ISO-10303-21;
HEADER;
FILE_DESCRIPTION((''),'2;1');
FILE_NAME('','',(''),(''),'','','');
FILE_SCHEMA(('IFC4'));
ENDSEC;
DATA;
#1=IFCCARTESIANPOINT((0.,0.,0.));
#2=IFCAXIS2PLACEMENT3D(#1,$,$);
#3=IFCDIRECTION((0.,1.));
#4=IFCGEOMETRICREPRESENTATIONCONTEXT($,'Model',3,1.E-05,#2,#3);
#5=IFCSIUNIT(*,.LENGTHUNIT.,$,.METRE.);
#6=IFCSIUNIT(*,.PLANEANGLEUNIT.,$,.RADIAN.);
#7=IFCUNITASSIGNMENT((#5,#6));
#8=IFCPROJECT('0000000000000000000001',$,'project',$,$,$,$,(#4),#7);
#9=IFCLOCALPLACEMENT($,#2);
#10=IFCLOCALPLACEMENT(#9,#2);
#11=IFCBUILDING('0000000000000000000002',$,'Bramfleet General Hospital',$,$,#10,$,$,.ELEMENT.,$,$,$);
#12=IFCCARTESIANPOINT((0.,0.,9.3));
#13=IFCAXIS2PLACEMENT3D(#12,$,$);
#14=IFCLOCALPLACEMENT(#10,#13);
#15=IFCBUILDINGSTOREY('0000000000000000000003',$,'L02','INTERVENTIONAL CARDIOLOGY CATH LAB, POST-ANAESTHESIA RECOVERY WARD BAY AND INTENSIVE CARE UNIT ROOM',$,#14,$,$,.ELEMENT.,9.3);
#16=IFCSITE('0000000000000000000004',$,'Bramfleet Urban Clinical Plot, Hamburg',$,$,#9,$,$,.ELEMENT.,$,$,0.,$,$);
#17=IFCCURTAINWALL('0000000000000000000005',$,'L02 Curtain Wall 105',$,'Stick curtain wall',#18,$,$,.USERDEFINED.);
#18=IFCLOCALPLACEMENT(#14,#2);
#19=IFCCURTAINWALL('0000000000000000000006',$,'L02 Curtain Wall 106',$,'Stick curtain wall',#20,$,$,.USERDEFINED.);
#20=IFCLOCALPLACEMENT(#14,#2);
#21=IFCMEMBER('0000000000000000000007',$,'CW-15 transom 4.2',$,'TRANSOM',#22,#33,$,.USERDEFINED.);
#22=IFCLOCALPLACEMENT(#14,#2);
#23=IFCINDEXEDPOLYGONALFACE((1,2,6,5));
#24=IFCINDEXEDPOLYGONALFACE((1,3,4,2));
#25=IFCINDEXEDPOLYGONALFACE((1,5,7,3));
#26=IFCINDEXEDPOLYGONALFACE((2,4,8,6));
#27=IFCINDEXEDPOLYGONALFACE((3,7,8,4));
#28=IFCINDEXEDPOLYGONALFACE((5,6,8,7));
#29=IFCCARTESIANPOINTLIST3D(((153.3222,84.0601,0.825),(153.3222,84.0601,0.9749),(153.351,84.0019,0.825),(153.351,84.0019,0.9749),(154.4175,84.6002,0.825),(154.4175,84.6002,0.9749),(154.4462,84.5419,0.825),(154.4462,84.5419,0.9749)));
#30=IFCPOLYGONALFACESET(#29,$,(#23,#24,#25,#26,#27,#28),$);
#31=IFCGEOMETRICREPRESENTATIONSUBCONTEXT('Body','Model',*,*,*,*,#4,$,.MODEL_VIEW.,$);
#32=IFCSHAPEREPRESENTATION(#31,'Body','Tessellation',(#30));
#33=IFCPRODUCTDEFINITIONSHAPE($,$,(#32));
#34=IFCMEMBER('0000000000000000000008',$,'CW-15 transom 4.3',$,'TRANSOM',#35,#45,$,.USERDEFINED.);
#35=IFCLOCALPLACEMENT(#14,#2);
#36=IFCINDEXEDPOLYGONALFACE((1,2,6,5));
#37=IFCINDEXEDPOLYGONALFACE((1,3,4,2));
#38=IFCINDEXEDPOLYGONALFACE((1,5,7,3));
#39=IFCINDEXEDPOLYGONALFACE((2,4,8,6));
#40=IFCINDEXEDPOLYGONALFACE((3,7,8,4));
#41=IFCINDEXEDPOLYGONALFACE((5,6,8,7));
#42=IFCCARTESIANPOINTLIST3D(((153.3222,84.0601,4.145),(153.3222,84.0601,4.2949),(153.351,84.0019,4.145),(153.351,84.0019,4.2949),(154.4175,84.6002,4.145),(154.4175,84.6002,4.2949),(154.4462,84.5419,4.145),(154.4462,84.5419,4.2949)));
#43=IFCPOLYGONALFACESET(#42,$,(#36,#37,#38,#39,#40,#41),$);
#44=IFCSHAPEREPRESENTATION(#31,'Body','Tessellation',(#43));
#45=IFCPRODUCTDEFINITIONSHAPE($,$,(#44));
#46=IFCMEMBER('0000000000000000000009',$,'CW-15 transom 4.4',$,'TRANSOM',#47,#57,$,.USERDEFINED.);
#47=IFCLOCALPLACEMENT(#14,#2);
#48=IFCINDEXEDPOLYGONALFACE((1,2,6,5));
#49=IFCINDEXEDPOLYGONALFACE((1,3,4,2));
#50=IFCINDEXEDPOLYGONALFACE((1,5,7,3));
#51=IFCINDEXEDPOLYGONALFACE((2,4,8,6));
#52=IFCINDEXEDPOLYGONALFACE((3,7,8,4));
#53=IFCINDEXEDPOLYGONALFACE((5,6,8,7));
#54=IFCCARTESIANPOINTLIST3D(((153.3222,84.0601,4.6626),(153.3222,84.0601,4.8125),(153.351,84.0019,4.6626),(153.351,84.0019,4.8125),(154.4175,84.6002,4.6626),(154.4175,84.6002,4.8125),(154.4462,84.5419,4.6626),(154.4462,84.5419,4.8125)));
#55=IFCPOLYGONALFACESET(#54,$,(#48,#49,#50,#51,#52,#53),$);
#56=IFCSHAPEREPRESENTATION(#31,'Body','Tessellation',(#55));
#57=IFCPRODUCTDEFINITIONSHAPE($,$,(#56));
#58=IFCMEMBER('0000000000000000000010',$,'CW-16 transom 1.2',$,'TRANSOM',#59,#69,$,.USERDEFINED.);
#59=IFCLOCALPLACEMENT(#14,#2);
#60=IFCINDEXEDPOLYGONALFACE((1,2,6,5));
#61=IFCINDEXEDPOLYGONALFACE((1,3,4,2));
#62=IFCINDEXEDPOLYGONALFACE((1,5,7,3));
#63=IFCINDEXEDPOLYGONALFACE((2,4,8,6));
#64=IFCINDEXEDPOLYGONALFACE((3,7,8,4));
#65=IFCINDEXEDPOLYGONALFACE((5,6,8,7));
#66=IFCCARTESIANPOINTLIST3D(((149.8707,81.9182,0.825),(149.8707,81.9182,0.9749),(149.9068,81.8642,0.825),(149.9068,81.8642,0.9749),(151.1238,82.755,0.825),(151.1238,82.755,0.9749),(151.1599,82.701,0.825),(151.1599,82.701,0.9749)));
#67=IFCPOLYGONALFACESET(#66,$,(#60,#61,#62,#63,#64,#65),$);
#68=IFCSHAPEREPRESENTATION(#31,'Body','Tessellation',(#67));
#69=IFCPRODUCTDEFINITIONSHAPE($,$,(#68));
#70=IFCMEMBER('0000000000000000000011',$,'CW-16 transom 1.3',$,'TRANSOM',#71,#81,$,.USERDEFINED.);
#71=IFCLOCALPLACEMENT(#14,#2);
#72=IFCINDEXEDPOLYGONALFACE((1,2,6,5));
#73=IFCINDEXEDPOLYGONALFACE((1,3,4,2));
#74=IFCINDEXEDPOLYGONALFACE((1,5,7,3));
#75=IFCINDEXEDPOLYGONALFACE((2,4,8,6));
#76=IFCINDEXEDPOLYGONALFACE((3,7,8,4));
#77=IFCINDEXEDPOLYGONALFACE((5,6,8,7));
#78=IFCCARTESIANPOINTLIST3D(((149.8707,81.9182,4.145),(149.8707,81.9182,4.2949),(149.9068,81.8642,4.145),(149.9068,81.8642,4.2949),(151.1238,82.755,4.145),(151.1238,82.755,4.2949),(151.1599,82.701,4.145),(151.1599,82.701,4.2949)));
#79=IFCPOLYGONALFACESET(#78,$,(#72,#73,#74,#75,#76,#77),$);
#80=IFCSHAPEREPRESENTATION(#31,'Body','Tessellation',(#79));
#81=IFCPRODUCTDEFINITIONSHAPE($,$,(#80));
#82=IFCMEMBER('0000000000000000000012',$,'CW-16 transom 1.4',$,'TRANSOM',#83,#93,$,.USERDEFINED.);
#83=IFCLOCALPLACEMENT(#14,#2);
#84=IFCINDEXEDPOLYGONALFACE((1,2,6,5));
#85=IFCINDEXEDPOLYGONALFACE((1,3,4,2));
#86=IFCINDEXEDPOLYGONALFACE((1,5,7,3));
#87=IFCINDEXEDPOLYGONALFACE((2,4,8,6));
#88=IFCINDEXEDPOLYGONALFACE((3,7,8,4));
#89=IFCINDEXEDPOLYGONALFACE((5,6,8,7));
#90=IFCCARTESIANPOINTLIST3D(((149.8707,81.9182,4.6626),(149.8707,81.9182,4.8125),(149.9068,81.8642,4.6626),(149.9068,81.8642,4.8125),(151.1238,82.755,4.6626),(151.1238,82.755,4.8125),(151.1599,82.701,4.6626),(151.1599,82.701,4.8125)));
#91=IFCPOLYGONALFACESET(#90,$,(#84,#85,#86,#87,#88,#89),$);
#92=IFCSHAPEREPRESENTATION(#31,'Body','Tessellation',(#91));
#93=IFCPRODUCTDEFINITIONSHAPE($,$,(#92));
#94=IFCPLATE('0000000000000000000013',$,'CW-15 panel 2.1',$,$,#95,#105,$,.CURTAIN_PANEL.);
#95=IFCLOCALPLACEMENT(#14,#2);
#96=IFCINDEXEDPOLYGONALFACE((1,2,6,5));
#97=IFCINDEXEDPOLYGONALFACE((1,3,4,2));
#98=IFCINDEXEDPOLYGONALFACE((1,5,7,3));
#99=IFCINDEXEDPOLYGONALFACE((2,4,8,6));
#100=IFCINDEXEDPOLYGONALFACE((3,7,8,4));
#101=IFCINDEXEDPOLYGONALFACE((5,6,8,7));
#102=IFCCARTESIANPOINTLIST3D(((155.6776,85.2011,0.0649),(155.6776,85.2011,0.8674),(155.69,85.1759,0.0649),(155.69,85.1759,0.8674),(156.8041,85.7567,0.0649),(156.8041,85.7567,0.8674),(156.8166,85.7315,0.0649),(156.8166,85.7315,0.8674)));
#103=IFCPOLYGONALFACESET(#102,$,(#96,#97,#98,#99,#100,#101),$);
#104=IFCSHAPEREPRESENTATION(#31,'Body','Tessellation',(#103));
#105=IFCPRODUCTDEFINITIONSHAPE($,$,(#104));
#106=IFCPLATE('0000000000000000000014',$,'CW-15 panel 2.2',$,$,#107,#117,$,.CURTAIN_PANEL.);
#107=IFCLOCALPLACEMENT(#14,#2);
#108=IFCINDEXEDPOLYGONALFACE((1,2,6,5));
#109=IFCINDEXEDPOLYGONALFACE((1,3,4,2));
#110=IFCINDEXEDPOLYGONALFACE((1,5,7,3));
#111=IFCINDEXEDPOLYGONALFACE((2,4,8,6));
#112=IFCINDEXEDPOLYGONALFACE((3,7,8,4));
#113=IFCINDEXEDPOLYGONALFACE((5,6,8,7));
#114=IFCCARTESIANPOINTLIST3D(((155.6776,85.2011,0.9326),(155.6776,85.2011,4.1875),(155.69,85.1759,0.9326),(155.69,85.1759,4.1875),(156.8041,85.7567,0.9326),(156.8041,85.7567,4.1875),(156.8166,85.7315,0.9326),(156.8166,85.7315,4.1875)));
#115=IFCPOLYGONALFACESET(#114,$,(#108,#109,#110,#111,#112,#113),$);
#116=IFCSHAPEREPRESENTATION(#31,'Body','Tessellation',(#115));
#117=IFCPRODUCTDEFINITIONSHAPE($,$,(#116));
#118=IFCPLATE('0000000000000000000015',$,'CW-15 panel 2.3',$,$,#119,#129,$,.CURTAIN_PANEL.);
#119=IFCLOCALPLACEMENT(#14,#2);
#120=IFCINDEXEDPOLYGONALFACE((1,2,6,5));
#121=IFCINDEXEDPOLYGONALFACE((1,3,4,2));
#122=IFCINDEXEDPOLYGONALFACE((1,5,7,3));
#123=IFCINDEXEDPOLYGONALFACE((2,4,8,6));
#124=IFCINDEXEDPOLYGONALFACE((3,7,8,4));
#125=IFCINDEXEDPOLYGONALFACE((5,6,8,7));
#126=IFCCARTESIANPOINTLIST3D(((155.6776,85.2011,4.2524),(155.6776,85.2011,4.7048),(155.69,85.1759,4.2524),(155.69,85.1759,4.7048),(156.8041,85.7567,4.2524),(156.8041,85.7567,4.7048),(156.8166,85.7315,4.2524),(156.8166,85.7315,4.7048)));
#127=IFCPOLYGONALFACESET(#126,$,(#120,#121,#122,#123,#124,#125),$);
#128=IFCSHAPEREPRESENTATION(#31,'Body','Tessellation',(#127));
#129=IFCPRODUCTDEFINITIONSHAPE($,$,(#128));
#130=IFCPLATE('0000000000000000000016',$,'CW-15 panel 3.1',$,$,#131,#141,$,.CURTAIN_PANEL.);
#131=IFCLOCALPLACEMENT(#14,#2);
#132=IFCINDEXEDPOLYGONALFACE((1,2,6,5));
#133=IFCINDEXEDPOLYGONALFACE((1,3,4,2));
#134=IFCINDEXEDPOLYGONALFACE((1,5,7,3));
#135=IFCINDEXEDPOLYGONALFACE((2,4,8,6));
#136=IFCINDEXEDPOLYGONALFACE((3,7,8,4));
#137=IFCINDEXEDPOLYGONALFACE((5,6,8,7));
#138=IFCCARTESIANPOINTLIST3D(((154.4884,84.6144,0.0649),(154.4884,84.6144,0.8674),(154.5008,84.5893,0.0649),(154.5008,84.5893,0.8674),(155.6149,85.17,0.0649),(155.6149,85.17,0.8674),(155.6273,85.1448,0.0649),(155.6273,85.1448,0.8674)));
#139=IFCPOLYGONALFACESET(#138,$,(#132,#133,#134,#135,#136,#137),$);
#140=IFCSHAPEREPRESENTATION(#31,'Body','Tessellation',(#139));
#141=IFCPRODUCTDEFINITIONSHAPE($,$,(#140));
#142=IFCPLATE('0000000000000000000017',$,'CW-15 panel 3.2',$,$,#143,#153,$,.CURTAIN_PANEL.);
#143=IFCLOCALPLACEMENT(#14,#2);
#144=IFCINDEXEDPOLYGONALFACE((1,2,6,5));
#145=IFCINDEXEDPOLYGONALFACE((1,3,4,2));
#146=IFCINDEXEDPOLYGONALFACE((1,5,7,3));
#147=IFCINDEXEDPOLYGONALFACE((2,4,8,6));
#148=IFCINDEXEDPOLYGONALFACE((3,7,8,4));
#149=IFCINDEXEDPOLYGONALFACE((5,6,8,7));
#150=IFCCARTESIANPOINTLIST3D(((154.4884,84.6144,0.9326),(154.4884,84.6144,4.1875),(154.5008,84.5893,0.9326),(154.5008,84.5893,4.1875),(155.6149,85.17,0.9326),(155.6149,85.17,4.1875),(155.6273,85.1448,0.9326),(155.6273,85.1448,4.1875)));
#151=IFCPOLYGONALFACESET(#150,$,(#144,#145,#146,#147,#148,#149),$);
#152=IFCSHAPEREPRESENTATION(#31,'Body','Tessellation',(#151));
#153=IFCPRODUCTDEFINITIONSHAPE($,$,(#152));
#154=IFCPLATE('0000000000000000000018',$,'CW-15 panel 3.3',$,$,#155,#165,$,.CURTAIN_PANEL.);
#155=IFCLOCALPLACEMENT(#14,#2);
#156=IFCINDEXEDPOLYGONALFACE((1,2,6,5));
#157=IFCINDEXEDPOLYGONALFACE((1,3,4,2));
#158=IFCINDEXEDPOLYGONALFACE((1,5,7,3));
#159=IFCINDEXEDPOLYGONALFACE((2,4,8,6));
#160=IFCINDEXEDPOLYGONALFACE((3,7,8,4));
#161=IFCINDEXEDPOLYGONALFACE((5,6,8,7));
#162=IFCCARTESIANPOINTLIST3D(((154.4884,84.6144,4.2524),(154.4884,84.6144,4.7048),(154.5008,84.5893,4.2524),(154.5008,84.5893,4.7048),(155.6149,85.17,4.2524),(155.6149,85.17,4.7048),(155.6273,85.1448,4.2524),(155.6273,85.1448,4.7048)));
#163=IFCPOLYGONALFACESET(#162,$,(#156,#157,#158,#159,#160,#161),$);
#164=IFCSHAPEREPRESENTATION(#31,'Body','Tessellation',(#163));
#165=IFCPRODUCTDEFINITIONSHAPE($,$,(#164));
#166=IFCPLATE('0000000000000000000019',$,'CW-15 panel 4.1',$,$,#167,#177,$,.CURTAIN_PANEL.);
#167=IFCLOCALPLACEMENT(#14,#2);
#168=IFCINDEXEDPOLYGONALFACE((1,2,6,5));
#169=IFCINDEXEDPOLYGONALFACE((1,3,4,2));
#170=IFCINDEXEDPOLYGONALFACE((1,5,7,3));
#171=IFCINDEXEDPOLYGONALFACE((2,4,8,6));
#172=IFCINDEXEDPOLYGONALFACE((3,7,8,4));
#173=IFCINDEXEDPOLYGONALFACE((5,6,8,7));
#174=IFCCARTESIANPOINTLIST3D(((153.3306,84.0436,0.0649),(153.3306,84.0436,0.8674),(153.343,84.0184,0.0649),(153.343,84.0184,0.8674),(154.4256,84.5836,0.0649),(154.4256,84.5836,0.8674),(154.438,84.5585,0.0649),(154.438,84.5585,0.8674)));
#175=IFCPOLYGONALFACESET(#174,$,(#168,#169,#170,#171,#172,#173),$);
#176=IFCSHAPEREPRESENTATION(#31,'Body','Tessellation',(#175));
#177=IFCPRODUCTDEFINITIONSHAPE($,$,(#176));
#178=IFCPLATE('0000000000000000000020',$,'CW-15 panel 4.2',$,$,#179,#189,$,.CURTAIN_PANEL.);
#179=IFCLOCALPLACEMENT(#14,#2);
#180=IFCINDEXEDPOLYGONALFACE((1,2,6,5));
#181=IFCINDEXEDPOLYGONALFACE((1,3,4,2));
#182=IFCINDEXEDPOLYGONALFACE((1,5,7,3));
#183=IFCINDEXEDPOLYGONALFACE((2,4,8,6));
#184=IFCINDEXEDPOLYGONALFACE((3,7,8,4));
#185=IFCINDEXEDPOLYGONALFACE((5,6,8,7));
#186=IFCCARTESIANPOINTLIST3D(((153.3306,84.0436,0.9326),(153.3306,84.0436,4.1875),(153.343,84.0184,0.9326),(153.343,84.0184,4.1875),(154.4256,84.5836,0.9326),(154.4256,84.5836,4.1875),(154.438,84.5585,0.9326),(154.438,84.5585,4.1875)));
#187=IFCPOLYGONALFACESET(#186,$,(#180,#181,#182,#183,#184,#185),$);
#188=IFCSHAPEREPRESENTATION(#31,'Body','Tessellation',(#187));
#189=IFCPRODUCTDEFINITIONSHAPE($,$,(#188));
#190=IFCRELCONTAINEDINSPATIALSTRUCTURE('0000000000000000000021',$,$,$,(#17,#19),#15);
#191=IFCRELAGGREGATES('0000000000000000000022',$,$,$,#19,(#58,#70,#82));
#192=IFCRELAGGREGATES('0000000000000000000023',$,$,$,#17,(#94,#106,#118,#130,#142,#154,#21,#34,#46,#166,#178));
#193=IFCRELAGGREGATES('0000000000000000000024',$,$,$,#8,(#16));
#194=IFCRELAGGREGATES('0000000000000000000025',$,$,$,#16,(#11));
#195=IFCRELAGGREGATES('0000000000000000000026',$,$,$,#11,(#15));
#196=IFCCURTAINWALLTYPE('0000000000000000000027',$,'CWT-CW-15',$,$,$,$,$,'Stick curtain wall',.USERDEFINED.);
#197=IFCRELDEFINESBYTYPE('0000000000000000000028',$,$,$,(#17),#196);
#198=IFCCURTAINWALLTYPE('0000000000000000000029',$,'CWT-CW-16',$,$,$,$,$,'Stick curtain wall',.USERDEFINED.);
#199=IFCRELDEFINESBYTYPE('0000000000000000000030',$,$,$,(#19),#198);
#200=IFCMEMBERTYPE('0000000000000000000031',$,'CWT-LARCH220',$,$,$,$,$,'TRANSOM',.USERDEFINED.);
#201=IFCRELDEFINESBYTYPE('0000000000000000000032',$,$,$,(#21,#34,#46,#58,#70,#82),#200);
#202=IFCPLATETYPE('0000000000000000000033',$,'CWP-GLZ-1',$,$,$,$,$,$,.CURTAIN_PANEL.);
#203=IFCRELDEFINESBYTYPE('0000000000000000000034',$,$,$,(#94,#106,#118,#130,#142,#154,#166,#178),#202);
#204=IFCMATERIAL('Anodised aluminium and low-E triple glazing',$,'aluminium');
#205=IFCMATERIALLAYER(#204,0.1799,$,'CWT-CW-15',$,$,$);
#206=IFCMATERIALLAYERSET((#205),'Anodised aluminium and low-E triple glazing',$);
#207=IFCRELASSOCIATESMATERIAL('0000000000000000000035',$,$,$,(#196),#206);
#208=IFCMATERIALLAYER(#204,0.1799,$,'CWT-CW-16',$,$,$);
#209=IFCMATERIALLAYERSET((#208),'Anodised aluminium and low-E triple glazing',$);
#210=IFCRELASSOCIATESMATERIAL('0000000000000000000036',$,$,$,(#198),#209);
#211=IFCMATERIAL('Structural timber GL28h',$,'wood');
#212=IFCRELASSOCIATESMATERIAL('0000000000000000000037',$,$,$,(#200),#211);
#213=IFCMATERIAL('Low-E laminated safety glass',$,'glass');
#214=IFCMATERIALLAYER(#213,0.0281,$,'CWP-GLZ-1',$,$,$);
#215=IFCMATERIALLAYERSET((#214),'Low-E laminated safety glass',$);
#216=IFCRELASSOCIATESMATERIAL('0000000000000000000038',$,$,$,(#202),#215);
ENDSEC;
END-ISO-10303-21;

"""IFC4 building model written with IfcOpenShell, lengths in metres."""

from ifc_helpers import new_model, si_unit, direction, frame, origin, origin_2d, place, context, subcontext, project, spatial, rectangle, extrude, material, layer, layer_set, material_profile, profile_set, type_object, element, aggregate, save


model = new_model("IFC4")

# Units and contexts
model_context = context("Model", 3, precision=1e-05, world=origin(), true_north=direction((0.0, 1.0)))
body_context = subcontext(model_context, "Body", "Model", "MODEL_VIEW")
ifc_project = project(units=[si_unit("LENGTHUNIT", "METRE"), si_unit("PLANEANGLEUNIT", "RADIAN")], contexts=[model_context])

# Site, building, storey
site_placement = place(None, origin())
site = spatial("IfcSite", under=ifc_project, at=site_placement, Name="Bramfleet Urban Clinical Plot, Hamburg", CompositionType="ELEMENT", RefElevation=0.0)
building_placement = place(site_placement, origin())
building = spatial("IfcBuilding", under=site, at=building_placement, Name="Bramfleet General Hospital", CompositionType="ELEMENT")
storey_placement = place(building_placement, frame((0.0, 0.0, 9.3)))
storey = spatial("IfcBuildingStorey", under=building, at=storey_placement, Name="L02", Description="INTERVENTIONAL CARDIOLOGY CATH LAB, POST-ANAESTHESIA RECOVERY WARD BAY AND INTENSIVE CARE UNIT ROOM", CompositionType="ELEMENT", Elevation=9.3)

# Curtain wall
ifc_material_1 = material(Name="Anodised aluminium and low-E triple glazing", Category="aluminium")
ifc_layer_1 = layer(ifc_material_1, 0.1799, Name="CWT-CW-15")
ifc_layer_set_1 = layer_set([ifc_layer_1], Name="Anodised aluminium and low-E triple glazing")
curtain_wall_type_1 = type_object("IfcCurtainWallType", Name="CWT-CW-15", ElementType="Stick curtain wall", PredefinedType="USERDEFINED", material=ifc_layer_set_1)
curtain_wall_1_placement = place(storey_placement, origin())
curtain_wall_1 = element("IfcCurtainWall", 1, at=curtain_wall_1_placement, inside=storey, type_object=curtain_wall_type_1, Name="L02 Curtain Wall 105", ObjectType="Stick curtain wall", PredefinedType="USERDEFINED")
ifc_material_2 = material(Name="Structural timber GL28h", Category="wood")

# Curtain wall
ifc_layer_2 = layer(ifc_material_1, 0.1799, Name="CWT-CW-16")
ifc_layer_set_2 = layer_set([ifc_layer_2], Name="Anodised aluminium and low-E triple glazing")
curtain_wall_type_2 = type_object("IfcCurtainWallType", Name="CWT-CW-16", ElementType="Stick curtain wall", PredefinedType="USERDEFINED", material=ifc_layer_set_2)
curtain_wall_2_placement = place(storey_placement, origin())
curtain_wall_2 = element("IfcCurtainWall", 2, at=curtain_wall_2_placement, inside=storey, type_object=curtain_wall_type_2, Name="L02 Curtain Wall 106", ObjectType="Stick curtain wall", PredefinedType="USERDEFINED")

# Members
ifc_material_profile_1 = material_profile(ifc_material_2, rectangle(XDim=0.0649, YDim=0.1499, at=origin_2d()), Name="LARCH 150x65")
ifc_profile_set_1 = profile_set([ifc_material_profile_1], Name="Structural timber GL28h")
member_type_1 = type_object("IfcMemberType", Name="CWT-LARCH220", ElementType="TRANSOM", PredefinedType="USERDEFINED", material=ifc_profile_set_1)
member_1_placement = place(storey_placement, frame((154.4319, 84.571, 0.8999), z_axis=(-0.896893, -0.442248, 0.0), x_axis=(0.442248, -0.896893, 0.0)))
member_1 = element("IfcMember", 3, at=member_1_placement, type_object=member_type_1, Name="CW-15 transom 4.2", ObjectType="TRANSOM", PredefinedType="USERDEFINED", context=body_context, shape_type="SweptSolid", body=[
    extrude(rectangle(XDim=0.0649, YDim=0.1499, at=origin_2d()), origin(), (0.0, 0.0, 1.0), 1.2212),
])
member_2_placement = place(storey_placement, frame((154.4319, 84.571, 4.22), z_axis=(-0.896893, -0.442248, 0.0), x_axis=(0.442248, -0.896893, 0.0)))
member_2 = element("IfcMember", 4, at=member_2_placement, type_object=member_type_1, Name="CW-15 transom 4.3", ObjectType="TRANSOM", PredefinedType="USERDEFINED", context=body_context, shape_type="SweptSolid", body=[
    extrude(rectangle(XDim=0.0649, YDim=0.1499, at=origin_2d()), origin(), (0.0, 0.0, 1.0), 1.2212),
])
member_3_placement = place(storey_placement, frame((154.4319, 84.571, 4.7375), z_axis=(-0.896893, -0.442248, 0.0), x_axis=(0.442248, -0.896893, 0.0)))
member_3 = element("IfcMember", 5, at=member_3_placement, type_object=member_type_1, Name="CW-15 transom 4.4", ObjectType="TRANSOM", PredefinedType="USERDEFINED", context=body_context, shape_type="SweptSolid", body=[
    extrude(rectangle(XDim=0.0649, YDim=0.1499, at=origin_2d()), origin(), (0.0, 0.0, 1.0), 1.2212),
])
member_4_placement = place(storey_placement, frame((151.1418, 82.728, 0.8999), z_axis=(-0.831601, -0.555373, 0.0), x_axis=(0.555373, -0.831601, 0.0)))
member_4 = element("IfcMember", 6, at=member_4_placement, type_object=member_type_1, Name="CW-16 transom 1.2", ObjectType="TRANSOM", PredefinedType="USERDEFINED", context=body_context, shape_type="SweptSolid", body=[
    extrude(rectangle(XDim=0.0649, YDim=0.1499, at=origin_2d()), origin(), (0.0, 0.0, 1.0), 1.5068),
])
member_5_placement = place(storey_placement, frame((151.1418, 82.728, 4.22), z_axis=(-0.831601, -0.555373, 0.0), x_axis=(0.555373, -0.831601, 0.0)))
member_5 = element("IfcMember", 7, at=member_5_placement, type_object=member_type_1, Name="CW-16 transom 1.3", ObjectType="TRANSOM", PredefinedType="USERDEFINED", context=body_context, shape_type="SweptSolid", body=[
    extrude(rectangle(XDim=0.0649, YDim=0.1499, at=origin_2d()), origin(), (0.0, 0.0, 1.0), 1.5068),
])
member_6_placement = place(storey_placement, frame((151.1418, 82.728, 4.7375), z_axis=(-0.831601, -0.555373, 0.0), x_axis=(0.555373, -0.831601, 0.0)))
member_6 = element("IfcMember", 8, at=member_6_placement, type_object=member_type_1, Name="CW-16 transom 1.4", ObjectType="TRANSOM", PredefinedType="USERDEFINED", context=body_context, shape_type="SweptSolid", body=[
    extrude(rectangle(XDim=0.0649, YDim=0.1499, at=origin_2d()), origin(), (0.0, 0.0, 1.0), 1.5068),
])
aggregate(curtain_wall_2, [member_4, member_5, member_6])

# Plates
ifc_material_3 = material(Name="Low-E laminated safety glass", Category="glass")
ifc_layer_3 = layer(ifc_material_3, 0.0281, Name="CWP-GLZ-1")
ifc_layer_set_3 = layer_set([ifc_layer_3], Name="Low-E laminated safety glass")
plate_type = type_object("IfcPlateType", Name="CWP-GLZ-1", PredefinedType="CURTAIN_PANEL", material=ifc_layer_set_3)
plate_1_placement = place(storey_placement, frame((156.2471, 85.4663, 0.0649), z_axis=(0.0, 0.0, 1.0), x_axis=(-0.896865, -0.442305, 0.0)))
plate_1 = element("IfcPlate", 9, at=plate_1_placement, type_object=plate_type, Name="CW-15 panel 2.1", PredefinedType="CURTAIN_PANEL", context=body_context, shape_type="SweptSolid", body=[
    extrude(rectangle(XDim=1.2561, YDim=0.0281, at=origin_2d()), origin(), (0.0, 0.0, 1.0), 0.8025),
])
plate_2_placement = place(storey_placement, frame((156.2471, 85.4663, 0.9326), z_axis=(0.0, 0.0, 1.0), x_axis=(-0.896865, -0.442305, 0.0)))
plate_2 = element("IfcPlate", 10, at=plate_2_placement, type_object=plate_type, Name="CW-15 panel 2.2", PredefinedType="CURTAIN_PANEL", context=body_context, shape_type="SweptSolid", body=[
    extrude(rectangle(XDim=1.2561, YDim=0.0281, at=origin_2d()), origin(), (0.0, 0.0, 1.0), 3.2549),
])
plate_3_placement = place(storey_placement, frame((156.2471, 85.4663, 4.2524), z_axis=(0.0, 0.0, 1.0), x_axis=(-0.896865, -0.442305, 0.0)))
plate_3 = element("IfcPlate", 11, at=plate_3_placement, type_object=plate_type, Name="CW-15 panel 2.3", PredefinedType="CURTAIN_PANEL", context=body_context, shape_type="SweptSolid", body=[
    extrude(rectangle(XDim=1.2561, YDim=0.0281, at=origin_2d()), origin(), (0.0, 0.0, 1.0), 0.4524),
])
plate_4_placement = place(storey_placement, frame((155.0579, 84.8796, 0.0649), z_axis=(0.0, 0.0, 1.0), x_axis=(-0.896865, -0.442305, 0.0)))
plate_4 = element("IfcPlate", 12, at=plate_4_placement, type_object=plate_type, Name="CW-15 panel 3.1", PredefinedType="CURTAIN_PANEL", context=body_context, shape_type="SweptSolid", body=[
    extrude(rectangle(XDim=1.2561, YDim=0.0281, at=origin_2d()), origin(), (0.0, 0.0, 1.0), 0.8025),
])
plate_5_placement = place(storey_placement, frame((155.0579, 84.8796, 0.9326), z_axis=(0.0, 0.0, 1.0), x_axis=(-0.896865, -0.442305, 0.0)))
plate_5 = element("IfcPlate", 13, at=plate_5_placement, type_object=plate_type, Name="CW-15 panel 3.2", PredefinedType="CURTAIN_PANEL", context=body_context, shape_type="SweptSolid", body=[
    extrude(rectangle(XDim=1.2561, YDim=0.0281, at=origin_2d()), origin(), (0.0, 0.0, 1.0), 3.2549),
])
plate_6_placement = place(storey_placement, frame((155.0579, 84.8796, 4.2524), z_axis=(0.0, 0.0, 1.0), x_axis=(-0.896865, -0.442305, 0.0)))
plate_6 = element("IfcPlate", 14, at=plate_6_placement, type_object=plate_type, Name="CW-15 panel 3.3", PredefinedType="CURTAIN_PANEL", context=body_context, shape_type="SweptSolid", body=[
    extrude(rectangle(XDim=1.2561, YDim=0.0281, at=origin_2d()), origin(), (0.0, 0.0, 1.0), 0.4524),
])
plate_7_placement = place(storey_placement, frame((153.8843, 84.301, 0.0649), z_axis=(0.0, 0.0, 1.0), x_axis=(-0.896865, -0.442305, 0.0)))
plate_7 = element("IfcPlate", 15, at=plate_7_placement, type_object=plate_type, Name="CW-15 panel 4.1", PredefinedType="CURTAIN_PANEL", context=body_context, shape_type="SweptSolid", body=[
    extrude(rectangle(XDim=1.2209, YDim=0.0281, at=origin_2d()), origin(), (0.0, 0.0, 1.0), 0.8025),
])
plate_8_placement = place(storey_placement, frame((153.8843, 84.301, 0.9326), z_axis=(0.0, 0.0, 1.0), x_axis=(-0.896865, -0.442305, 0.0)))
plate_8 = element("IfcPlate", 16, at=plate_8_placement, type_object=plate_type, Name="CW-15 panel 4.2", PredefinedType="CURTAIN_PANEL", context=body_context, shape_type="SweptSolid", body=[
    extrude(rectangle(XDim=1.2209, YDim=0.0281, at=origin_2d()), origin(), (0.0, 0.0, 1.0), 3.2549),
])
aggregate(curtain_wall_1, [plate_1, plate_2, plate_3, plate_4, plate_5, plate_6, member_1, member_2, member_3, plate_7, plate_8])

save(model, "model.ifc")
